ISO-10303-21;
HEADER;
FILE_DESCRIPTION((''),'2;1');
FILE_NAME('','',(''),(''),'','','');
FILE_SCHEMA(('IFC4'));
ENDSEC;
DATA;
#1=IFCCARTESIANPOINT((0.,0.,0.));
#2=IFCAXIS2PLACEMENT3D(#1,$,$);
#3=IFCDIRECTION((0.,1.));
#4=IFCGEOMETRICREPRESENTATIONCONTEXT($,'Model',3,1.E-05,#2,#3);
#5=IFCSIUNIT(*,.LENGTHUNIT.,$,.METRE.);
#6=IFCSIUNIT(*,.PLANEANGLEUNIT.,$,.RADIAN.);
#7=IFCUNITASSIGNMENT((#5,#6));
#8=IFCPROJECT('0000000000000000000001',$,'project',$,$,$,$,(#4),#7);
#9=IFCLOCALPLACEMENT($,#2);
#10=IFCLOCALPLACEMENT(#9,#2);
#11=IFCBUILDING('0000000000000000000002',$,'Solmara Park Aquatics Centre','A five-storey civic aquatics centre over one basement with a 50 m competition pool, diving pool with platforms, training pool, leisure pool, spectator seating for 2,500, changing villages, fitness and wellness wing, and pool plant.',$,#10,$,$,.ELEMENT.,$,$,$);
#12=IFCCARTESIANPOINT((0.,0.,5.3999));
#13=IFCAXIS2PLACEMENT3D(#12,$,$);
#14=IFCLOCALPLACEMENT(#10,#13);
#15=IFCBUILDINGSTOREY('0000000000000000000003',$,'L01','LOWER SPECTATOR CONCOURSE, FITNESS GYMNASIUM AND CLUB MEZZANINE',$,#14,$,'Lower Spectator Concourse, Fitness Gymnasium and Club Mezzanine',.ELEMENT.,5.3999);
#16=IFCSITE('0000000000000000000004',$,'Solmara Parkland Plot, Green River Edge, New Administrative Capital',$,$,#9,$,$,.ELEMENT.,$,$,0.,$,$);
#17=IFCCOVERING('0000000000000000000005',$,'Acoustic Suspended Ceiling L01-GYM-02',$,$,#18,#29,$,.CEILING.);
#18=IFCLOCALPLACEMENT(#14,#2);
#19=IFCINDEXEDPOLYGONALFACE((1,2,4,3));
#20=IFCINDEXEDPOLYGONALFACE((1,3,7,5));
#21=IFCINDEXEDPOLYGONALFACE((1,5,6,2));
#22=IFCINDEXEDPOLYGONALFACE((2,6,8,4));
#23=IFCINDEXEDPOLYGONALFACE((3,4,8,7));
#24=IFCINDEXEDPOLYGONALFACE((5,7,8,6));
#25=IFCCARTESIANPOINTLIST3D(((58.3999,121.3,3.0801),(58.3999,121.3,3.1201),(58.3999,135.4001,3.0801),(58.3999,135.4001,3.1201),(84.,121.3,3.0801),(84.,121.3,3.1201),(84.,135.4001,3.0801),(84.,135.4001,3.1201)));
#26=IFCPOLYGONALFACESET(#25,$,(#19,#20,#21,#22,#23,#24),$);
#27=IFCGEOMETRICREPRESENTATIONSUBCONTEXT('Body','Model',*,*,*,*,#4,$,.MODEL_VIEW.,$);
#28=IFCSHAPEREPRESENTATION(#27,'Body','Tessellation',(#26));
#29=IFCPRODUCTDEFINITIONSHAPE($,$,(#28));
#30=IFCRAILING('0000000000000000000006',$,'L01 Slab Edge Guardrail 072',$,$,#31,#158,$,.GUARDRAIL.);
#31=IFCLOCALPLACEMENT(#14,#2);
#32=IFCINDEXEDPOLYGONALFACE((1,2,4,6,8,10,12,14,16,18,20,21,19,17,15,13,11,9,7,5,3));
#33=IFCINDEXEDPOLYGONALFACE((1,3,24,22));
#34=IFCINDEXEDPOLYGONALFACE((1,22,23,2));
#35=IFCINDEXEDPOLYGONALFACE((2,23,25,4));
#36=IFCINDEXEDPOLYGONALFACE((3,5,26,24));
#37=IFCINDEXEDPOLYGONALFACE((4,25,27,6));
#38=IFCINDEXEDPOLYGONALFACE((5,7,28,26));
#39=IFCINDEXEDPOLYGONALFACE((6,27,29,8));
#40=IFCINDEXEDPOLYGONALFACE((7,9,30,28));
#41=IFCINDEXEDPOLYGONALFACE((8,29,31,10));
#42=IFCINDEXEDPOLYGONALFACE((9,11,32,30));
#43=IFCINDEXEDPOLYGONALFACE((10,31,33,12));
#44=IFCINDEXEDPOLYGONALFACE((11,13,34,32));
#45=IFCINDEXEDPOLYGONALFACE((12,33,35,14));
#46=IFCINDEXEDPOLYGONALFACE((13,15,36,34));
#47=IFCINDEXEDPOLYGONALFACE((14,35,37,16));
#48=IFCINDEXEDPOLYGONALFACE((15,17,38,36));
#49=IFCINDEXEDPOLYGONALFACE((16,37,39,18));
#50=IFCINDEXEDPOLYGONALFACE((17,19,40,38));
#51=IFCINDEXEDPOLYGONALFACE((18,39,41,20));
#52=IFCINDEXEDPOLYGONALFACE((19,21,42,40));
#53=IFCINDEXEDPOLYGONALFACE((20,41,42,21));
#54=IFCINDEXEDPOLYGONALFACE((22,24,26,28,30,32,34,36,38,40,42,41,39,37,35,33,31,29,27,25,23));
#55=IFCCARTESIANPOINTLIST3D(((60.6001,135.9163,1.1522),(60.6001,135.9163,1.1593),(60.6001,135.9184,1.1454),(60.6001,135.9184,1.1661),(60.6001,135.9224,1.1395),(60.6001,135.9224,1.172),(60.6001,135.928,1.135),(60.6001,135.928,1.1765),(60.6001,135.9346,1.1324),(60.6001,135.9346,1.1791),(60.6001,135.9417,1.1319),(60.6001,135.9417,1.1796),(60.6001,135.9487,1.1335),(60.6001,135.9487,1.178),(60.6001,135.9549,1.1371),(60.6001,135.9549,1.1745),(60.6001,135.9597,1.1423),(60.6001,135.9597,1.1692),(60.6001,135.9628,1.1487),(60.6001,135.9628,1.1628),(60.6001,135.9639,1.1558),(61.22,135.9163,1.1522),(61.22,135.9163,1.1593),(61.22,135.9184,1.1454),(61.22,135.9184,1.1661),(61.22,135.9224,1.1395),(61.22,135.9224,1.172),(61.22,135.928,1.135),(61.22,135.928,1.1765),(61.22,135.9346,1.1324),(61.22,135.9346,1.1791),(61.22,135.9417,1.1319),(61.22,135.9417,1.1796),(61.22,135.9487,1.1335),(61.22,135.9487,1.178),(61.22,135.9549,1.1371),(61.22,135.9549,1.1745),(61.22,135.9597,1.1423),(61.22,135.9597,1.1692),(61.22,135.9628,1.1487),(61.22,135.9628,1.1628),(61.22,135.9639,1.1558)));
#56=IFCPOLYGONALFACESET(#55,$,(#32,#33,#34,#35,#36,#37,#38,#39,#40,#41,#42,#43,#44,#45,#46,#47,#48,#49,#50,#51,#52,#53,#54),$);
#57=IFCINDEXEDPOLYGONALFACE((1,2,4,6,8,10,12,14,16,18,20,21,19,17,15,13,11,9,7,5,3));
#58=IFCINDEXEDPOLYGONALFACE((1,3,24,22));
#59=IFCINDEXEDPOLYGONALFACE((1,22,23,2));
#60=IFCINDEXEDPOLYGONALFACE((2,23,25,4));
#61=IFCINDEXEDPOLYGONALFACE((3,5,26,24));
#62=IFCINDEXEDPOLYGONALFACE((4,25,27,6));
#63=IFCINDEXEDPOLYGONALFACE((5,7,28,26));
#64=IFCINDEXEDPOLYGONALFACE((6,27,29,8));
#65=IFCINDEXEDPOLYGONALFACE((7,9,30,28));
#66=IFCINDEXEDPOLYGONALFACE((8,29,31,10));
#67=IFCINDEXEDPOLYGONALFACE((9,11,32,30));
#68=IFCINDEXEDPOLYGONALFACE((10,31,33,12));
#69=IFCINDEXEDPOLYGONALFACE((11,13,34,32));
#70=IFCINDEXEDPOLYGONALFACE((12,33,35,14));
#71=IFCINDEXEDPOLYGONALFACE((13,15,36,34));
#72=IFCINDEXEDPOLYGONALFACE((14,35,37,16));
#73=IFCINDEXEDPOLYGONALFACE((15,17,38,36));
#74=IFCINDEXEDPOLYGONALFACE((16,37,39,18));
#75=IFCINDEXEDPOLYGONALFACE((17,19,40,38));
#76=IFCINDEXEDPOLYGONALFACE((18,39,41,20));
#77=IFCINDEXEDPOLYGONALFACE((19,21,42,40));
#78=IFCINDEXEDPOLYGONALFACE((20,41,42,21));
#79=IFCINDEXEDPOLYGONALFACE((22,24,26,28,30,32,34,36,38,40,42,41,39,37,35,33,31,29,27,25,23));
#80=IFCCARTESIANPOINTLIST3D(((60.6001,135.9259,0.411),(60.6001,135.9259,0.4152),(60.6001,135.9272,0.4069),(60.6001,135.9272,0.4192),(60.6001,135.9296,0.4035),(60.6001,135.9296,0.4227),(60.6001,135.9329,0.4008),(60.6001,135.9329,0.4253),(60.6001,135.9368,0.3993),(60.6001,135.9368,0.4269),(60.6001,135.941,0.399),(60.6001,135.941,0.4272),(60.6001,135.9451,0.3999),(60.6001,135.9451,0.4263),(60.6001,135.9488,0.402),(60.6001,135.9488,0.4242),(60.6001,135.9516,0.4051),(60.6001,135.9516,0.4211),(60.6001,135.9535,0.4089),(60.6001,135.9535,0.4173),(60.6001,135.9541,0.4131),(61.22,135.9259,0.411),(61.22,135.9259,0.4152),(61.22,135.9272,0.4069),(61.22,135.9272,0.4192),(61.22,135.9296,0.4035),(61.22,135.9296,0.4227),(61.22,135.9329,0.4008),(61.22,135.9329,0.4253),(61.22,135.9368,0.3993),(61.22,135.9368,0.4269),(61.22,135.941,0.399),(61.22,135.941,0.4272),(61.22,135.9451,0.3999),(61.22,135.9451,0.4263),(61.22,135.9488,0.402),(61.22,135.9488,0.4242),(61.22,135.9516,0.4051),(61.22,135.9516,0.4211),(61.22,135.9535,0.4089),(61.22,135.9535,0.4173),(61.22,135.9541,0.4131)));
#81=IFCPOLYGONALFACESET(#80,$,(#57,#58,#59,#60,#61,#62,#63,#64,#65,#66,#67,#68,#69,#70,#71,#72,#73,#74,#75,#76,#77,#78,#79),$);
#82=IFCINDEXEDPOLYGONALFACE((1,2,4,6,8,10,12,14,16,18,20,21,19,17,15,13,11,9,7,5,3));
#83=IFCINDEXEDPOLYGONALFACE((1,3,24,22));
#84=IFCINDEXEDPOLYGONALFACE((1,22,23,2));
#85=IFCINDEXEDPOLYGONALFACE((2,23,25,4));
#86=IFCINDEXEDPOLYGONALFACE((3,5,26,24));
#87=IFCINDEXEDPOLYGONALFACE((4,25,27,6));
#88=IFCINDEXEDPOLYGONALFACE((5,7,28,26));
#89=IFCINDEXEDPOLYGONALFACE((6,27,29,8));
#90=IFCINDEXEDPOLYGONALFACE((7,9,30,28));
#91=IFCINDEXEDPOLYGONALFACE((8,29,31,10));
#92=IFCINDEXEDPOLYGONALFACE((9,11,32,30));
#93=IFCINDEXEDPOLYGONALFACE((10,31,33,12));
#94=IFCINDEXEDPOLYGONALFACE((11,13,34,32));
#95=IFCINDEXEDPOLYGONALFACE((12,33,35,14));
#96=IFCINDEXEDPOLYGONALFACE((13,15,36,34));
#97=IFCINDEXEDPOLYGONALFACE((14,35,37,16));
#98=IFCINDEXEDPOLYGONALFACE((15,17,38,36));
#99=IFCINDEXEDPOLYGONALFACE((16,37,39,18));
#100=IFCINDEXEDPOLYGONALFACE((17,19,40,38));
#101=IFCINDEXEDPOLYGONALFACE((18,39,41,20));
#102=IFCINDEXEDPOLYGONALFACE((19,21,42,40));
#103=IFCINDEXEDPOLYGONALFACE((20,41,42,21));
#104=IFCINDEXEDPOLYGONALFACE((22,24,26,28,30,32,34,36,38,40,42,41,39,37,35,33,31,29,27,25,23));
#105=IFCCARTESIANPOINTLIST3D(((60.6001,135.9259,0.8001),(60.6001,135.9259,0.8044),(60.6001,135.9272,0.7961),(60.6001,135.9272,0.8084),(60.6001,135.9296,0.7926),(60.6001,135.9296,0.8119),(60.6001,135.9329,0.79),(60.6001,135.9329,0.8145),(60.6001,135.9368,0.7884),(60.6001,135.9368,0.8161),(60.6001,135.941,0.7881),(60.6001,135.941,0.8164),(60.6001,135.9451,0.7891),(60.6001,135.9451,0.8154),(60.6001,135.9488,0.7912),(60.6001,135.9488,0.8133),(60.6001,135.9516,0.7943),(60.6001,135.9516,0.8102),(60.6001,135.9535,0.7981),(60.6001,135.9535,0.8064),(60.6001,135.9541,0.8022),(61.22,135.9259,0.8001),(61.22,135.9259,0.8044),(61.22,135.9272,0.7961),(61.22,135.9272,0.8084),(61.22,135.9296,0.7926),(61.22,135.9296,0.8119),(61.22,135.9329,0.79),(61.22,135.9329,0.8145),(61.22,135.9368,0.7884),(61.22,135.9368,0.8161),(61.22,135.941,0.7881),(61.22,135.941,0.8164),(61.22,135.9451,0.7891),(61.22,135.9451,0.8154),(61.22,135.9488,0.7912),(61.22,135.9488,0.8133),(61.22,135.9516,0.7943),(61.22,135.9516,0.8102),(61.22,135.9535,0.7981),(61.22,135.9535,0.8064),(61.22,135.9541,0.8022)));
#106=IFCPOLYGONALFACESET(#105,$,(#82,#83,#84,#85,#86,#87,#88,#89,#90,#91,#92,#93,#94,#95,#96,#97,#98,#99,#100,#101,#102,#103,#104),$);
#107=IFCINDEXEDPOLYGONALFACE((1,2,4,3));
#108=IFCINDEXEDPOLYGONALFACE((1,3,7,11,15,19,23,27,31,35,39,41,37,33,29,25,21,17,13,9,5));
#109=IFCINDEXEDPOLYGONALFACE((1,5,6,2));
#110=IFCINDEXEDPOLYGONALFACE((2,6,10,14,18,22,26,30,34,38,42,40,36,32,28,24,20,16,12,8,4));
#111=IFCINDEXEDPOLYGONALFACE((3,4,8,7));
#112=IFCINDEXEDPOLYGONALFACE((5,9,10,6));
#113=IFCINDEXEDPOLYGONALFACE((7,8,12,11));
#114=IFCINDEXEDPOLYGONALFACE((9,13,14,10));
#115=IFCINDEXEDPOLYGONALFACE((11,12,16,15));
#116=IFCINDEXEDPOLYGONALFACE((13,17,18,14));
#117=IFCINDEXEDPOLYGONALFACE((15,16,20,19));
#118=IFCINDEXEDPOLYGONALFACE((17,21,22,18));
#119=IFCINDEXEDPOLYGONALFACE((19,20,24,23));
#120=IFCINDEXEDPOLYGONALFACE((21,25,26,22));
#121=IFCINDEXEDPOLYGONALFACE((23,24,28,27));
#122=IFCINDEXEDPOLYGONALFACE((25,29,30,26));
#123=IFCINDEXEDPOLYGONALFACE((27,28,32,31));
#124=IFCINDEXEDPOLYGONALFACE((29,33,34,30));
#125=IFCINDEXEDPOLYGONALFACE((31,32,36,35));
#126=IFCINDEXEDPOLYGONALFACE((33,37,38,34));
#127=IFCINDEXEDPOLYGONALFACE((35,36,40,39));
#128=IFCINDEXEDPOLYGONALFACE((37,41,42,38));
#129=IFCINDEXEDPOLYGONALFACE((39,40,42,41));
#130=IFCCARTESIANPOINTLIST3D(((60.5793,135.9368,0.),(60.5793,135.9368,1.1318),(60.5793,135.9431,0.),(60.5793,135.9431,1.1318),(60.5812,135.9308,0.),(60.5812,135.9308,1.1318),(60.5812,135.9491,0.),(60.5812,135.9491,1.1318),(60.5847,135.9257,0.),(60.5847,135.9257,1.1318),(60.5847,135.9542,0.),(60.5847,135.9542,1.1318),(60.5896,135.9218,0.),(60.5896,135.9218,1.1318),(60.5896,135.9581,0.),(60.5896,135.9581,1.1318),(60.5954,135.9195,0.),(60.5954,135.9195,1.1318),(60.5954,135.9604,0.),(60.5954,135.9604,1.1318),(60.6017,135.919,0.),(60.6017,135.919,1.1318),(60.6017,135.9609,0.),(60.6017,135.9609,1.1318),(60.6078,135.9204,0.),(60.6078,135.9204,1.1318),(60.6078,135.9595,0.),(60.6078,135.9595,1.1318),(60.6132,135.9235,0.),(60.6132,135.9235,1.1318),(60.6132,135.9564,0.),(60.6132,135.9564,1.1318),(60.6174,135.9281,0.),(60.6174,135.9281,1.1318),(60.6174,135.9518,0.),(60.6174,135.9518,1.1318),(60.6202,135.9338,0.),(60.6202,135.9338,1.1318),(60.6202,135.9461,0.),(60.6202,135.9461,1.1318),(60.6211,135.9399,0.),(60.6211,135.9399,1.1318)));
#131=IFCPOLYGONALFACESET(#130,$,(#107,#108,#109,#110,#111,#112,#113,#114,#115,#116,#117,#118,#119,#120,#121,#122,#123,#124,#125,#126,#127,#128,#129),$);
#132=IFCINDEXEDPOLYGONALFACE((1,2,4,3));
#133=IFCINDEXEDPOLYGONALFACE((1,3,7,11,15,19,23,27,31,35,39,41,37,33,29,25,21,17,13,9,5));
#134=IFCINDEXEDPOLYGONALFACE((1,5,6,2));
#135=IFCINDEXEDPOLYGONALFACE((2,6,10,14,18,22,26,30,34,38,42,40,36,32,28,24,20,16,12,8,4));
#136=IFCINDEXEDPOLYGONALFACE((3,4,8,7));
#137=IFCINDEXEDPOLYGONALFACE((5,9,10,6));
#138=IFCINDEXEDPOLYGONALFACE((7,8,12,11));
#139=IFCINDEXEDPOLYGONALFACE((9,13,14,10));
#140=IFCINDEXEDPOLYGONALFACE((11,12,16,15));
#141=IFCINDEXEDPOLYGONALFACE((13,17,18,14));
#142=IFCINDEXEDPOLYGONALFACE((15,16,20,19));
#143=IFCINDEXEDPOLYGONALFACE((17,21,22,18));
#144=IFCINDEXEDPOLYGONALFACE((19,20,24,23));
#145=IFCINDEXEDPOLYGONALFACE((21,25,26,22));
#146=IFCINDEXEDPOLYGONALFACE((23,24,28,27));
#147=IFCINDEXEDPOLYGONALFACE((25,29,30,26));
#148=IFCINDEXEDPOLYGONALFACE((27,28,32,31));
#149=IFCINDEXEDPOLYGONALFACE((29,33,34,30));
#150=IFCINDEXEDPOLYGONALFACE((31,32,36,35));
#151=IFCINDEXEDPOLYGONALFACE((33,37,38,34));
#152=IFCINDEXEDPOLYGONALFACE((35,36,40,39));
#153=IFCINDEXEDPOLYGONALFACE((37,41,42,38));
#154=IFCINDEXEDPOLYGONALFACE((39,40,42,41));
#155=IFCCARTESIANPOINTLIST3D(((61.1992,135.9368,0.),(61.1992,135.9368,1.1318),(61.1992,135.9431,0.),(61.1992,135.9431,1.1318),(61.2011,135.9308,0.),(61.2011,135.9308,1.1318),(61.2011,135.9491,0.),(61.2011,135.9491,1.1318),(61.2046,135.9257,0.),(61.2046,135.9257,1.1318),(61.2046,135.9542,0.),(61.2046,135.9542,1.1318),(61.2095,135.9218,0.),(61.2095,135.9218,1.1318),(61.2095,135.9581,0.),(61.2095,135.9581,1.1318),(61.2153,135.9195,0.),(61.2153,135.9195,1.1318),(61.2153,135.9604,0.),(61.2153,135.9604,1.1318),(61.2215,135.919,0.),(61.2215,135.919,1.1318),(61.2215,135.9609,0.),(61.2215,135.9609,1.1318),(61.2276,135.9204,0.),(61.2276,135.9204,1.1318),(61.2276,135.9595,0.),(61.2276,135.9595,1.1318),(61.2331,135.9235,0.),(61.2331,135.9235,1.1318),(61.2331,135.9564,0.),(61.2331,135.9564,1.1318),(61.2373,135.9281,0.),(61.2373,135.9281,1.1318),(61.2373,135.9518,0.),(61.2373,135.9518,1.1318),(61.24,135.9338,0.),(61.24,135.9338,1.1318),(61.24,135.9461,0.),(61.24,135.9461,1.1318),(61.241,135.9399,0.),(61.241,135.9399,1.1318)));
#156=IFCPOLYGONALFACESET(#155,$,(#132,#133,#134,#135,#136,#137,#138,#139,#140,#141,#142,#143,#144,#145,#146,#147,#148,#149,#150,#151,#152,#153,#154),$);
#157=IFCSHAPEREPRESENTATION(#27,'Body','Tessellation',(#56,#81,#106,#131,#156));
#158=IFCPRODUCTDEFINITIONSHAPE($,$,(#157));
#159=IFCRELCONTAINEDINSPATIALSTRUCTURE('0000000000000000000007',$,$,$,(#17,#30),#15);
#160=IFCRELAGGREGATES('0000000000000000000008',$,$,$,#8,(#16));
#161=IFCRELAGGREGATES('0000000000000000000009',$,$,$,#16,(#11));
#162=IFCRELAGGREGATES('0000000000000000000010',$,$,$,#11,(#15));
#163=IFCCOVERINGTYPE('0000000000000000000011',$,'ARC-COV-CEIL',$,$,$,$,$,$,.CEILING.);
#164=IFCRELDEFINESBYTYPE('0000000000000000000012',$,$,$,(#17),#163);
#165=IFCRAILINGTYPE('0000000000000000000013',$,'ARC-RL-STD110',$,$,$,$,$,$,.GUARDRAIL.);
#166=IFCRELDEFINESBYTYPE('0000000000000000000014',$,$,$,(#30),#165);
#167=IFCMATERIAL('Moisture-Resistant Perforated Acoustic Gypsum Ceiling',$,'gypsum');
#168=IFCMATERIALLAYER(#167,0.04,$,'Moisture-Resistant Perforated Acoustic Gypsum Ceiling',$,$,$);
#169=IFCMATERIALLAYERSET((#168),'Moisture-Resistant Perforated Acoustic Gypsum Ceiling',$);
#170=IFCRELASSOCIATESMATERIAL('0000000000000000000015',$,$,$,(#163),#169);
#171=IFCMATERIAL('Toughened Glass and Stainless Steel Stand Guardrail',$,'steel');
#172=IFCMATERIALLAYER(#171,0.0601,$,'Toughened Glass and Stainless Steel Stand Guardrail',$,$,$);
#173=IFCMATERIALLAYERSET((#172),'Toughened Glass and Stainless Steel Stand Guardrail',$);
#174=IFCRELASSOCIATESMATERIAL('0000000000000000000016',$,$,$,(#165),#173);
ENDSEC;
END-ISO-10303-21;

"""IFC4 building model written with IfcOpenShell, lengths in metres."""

from ifc_helpers import new_model, si_unit, direction, frame, origin, origin_2d, place, context, subcontext, project, spatial, rectangle, circle, extrude, material, layer, layer_set, type_object, element, save


model = new_model("IFC4")

# Units and contexts
model_context = context("Model", 3, precision=1e-05, world=origin(), true_north=direction((0.0, 1.0)))
body_context = subcontext(model_context, "Body", "Model", "MODEL_VIEW")
ifc_project = project(units=[si_unit("LENGTHUNIT", "METRE"), si_unit("PLANEANGLEUNIT", "RADIAN")], contexts=[model_context])

# Site, building, storey
site_placement = place(None, origin())
site = spatial("IfcSite", under=ifc_project, at=site_placement, Name="Solmara Parkland Plot, Green River Edge, New Administrative Capital", CompositionType="ELEMENT", RefElevation=0.0)
building_placement = place(site_placement, origin())
building = spatial("IfcBuilding", under=site, at=building_placement, Name="Solmara Park Aquatics Centre", Description="A five-storey civic aquatics centre over one basement with a 50 m competition pool, diving pool with platforms, training pool, leisure pool, spectator seating for 2,500, changing villages, fitness and wellness wing, and pool plant.", CompositionType="ELEMENT")
storey_placement = place(building_placement, frame((0.0, 0.0, 5.3999)))
storey = spatial("IfcBuildingStorey", under=building, at=storey_placement, Name="L01", Description="LOWER SPECTATOR CONCOURSE, FITNESS GYMNASIUM AND CLUB MEZZANINE", LongName="Lower Spectator Concourse, Fitness Gymnasium and Club Mezzanine", CompositionType="ELEMENT", Elevation=5.3999)

# Covering
ifc_material_1 = material(Name="Moisture-Resistant Perforated Acoustic Gypsum Ceiling", Category="gypsum")
ifc_layer_1 = layer(ifc_material_1, 0.04, Name="Moisture-Resistant Perforated Acoustic Gypsum Ceiling")
ifc_layer_set_1 = layer_set([ifc_layer_1], Name="Moisture-Resistant Perforated Acoustic Gypsum Ceiling")
covering_type = type_object("IfcCoveringType", Name="ARC-COV-CEIL", PredefinedType="CEILING", material=ifc_layer_set_1)
covering_placement = place(storey_placement, frame((71.2, 128.3501, 3.0801), z_axis=(0.0, 0.0, 1.0), x_axis=(1.0, 0.0, 0.0)))
element("IfcCovering", 1, at=covering_placement, inside=storey, type_object=covering_type, Name="Acoustic Suspended Ceiling L01-GYM-02", PredefinedType="CEILING", context=body_context, shape_type="SweptSolid", body=[
    extrude(rectangle(XDim=25.6001, YDim=14.1001, at=origin_2d()), origin(), (0.0, 0.0, 1.0), 0.04),
])

# Railing
ifc_material_2 = material(Name="Toughened Glass and Stainless Steel Stand Guardrail", Category="steel")
ifc_layer_2 = layer(ifc_material_2, 0.0601, Name="Toughened Glass and Stainless Steel Stand Guardrail")
ifc_layer_set_2 = layer_set([ifc_layer_2], Name="Toughened Glass and Stainless Steel Stand Guardrail")
railing_type = type_object("IfcRailingType", Name="ARC-RL-STD110", PredefinedType="GUARDRAIL", material=ifc_layer_set_2)
railing_1_placement = place(storey_placement, frame((60.6001, 135.9399, 0.0)))
element("IfcRailing", 2, at=railing_1_placement, inside=storey, type_object=railing_type, Name="L01 Slab Edge Guardrail 072", PredefinedType="GUARDRAIL", context=body_context, shape_type="SweptSolid", body=[
    extrude(circle(Radius=0.0239, at=origin_2d()), frame((0.0, 0.0, 1.1558), z_axis=(1.0, 0.0, 0.0), x_axis=(0.0, 1.0, 0.0)), (0.0, 0.0, 1.0), 0.6199),
    extrude(circle(Radius=0.0142, at=origin_2d()), frame((0.0, 0.0, 0.4131), z_axis=(1.0, 0.0, 0.0), x_axis=(0.0, 1.0, 0.0)), (0.0, 0.0, 1.0), 0.6199),
    extrude(circle(Radius=0.0142, at=origin_2d()), frame((0.0, 0.0, 0.8022), z_axis=(1.0, 0.0, 0.0), x_axis=(0.0, 1.0, 0.0)), (0.0, 0.0, 1.0), 0.6199),
    extrude(circle(Radius=0.021, at=origin_2d()), origin(), (0.0, 0.0, 1.0), 1.1318),
    extrude(circle(Radius=0.021, at=origin_2d()), frame((0.6199, 0.0, 0.0)), (0.0, 0.0, 1.0), 1.1318),
])

save(model, "model.ifc")
